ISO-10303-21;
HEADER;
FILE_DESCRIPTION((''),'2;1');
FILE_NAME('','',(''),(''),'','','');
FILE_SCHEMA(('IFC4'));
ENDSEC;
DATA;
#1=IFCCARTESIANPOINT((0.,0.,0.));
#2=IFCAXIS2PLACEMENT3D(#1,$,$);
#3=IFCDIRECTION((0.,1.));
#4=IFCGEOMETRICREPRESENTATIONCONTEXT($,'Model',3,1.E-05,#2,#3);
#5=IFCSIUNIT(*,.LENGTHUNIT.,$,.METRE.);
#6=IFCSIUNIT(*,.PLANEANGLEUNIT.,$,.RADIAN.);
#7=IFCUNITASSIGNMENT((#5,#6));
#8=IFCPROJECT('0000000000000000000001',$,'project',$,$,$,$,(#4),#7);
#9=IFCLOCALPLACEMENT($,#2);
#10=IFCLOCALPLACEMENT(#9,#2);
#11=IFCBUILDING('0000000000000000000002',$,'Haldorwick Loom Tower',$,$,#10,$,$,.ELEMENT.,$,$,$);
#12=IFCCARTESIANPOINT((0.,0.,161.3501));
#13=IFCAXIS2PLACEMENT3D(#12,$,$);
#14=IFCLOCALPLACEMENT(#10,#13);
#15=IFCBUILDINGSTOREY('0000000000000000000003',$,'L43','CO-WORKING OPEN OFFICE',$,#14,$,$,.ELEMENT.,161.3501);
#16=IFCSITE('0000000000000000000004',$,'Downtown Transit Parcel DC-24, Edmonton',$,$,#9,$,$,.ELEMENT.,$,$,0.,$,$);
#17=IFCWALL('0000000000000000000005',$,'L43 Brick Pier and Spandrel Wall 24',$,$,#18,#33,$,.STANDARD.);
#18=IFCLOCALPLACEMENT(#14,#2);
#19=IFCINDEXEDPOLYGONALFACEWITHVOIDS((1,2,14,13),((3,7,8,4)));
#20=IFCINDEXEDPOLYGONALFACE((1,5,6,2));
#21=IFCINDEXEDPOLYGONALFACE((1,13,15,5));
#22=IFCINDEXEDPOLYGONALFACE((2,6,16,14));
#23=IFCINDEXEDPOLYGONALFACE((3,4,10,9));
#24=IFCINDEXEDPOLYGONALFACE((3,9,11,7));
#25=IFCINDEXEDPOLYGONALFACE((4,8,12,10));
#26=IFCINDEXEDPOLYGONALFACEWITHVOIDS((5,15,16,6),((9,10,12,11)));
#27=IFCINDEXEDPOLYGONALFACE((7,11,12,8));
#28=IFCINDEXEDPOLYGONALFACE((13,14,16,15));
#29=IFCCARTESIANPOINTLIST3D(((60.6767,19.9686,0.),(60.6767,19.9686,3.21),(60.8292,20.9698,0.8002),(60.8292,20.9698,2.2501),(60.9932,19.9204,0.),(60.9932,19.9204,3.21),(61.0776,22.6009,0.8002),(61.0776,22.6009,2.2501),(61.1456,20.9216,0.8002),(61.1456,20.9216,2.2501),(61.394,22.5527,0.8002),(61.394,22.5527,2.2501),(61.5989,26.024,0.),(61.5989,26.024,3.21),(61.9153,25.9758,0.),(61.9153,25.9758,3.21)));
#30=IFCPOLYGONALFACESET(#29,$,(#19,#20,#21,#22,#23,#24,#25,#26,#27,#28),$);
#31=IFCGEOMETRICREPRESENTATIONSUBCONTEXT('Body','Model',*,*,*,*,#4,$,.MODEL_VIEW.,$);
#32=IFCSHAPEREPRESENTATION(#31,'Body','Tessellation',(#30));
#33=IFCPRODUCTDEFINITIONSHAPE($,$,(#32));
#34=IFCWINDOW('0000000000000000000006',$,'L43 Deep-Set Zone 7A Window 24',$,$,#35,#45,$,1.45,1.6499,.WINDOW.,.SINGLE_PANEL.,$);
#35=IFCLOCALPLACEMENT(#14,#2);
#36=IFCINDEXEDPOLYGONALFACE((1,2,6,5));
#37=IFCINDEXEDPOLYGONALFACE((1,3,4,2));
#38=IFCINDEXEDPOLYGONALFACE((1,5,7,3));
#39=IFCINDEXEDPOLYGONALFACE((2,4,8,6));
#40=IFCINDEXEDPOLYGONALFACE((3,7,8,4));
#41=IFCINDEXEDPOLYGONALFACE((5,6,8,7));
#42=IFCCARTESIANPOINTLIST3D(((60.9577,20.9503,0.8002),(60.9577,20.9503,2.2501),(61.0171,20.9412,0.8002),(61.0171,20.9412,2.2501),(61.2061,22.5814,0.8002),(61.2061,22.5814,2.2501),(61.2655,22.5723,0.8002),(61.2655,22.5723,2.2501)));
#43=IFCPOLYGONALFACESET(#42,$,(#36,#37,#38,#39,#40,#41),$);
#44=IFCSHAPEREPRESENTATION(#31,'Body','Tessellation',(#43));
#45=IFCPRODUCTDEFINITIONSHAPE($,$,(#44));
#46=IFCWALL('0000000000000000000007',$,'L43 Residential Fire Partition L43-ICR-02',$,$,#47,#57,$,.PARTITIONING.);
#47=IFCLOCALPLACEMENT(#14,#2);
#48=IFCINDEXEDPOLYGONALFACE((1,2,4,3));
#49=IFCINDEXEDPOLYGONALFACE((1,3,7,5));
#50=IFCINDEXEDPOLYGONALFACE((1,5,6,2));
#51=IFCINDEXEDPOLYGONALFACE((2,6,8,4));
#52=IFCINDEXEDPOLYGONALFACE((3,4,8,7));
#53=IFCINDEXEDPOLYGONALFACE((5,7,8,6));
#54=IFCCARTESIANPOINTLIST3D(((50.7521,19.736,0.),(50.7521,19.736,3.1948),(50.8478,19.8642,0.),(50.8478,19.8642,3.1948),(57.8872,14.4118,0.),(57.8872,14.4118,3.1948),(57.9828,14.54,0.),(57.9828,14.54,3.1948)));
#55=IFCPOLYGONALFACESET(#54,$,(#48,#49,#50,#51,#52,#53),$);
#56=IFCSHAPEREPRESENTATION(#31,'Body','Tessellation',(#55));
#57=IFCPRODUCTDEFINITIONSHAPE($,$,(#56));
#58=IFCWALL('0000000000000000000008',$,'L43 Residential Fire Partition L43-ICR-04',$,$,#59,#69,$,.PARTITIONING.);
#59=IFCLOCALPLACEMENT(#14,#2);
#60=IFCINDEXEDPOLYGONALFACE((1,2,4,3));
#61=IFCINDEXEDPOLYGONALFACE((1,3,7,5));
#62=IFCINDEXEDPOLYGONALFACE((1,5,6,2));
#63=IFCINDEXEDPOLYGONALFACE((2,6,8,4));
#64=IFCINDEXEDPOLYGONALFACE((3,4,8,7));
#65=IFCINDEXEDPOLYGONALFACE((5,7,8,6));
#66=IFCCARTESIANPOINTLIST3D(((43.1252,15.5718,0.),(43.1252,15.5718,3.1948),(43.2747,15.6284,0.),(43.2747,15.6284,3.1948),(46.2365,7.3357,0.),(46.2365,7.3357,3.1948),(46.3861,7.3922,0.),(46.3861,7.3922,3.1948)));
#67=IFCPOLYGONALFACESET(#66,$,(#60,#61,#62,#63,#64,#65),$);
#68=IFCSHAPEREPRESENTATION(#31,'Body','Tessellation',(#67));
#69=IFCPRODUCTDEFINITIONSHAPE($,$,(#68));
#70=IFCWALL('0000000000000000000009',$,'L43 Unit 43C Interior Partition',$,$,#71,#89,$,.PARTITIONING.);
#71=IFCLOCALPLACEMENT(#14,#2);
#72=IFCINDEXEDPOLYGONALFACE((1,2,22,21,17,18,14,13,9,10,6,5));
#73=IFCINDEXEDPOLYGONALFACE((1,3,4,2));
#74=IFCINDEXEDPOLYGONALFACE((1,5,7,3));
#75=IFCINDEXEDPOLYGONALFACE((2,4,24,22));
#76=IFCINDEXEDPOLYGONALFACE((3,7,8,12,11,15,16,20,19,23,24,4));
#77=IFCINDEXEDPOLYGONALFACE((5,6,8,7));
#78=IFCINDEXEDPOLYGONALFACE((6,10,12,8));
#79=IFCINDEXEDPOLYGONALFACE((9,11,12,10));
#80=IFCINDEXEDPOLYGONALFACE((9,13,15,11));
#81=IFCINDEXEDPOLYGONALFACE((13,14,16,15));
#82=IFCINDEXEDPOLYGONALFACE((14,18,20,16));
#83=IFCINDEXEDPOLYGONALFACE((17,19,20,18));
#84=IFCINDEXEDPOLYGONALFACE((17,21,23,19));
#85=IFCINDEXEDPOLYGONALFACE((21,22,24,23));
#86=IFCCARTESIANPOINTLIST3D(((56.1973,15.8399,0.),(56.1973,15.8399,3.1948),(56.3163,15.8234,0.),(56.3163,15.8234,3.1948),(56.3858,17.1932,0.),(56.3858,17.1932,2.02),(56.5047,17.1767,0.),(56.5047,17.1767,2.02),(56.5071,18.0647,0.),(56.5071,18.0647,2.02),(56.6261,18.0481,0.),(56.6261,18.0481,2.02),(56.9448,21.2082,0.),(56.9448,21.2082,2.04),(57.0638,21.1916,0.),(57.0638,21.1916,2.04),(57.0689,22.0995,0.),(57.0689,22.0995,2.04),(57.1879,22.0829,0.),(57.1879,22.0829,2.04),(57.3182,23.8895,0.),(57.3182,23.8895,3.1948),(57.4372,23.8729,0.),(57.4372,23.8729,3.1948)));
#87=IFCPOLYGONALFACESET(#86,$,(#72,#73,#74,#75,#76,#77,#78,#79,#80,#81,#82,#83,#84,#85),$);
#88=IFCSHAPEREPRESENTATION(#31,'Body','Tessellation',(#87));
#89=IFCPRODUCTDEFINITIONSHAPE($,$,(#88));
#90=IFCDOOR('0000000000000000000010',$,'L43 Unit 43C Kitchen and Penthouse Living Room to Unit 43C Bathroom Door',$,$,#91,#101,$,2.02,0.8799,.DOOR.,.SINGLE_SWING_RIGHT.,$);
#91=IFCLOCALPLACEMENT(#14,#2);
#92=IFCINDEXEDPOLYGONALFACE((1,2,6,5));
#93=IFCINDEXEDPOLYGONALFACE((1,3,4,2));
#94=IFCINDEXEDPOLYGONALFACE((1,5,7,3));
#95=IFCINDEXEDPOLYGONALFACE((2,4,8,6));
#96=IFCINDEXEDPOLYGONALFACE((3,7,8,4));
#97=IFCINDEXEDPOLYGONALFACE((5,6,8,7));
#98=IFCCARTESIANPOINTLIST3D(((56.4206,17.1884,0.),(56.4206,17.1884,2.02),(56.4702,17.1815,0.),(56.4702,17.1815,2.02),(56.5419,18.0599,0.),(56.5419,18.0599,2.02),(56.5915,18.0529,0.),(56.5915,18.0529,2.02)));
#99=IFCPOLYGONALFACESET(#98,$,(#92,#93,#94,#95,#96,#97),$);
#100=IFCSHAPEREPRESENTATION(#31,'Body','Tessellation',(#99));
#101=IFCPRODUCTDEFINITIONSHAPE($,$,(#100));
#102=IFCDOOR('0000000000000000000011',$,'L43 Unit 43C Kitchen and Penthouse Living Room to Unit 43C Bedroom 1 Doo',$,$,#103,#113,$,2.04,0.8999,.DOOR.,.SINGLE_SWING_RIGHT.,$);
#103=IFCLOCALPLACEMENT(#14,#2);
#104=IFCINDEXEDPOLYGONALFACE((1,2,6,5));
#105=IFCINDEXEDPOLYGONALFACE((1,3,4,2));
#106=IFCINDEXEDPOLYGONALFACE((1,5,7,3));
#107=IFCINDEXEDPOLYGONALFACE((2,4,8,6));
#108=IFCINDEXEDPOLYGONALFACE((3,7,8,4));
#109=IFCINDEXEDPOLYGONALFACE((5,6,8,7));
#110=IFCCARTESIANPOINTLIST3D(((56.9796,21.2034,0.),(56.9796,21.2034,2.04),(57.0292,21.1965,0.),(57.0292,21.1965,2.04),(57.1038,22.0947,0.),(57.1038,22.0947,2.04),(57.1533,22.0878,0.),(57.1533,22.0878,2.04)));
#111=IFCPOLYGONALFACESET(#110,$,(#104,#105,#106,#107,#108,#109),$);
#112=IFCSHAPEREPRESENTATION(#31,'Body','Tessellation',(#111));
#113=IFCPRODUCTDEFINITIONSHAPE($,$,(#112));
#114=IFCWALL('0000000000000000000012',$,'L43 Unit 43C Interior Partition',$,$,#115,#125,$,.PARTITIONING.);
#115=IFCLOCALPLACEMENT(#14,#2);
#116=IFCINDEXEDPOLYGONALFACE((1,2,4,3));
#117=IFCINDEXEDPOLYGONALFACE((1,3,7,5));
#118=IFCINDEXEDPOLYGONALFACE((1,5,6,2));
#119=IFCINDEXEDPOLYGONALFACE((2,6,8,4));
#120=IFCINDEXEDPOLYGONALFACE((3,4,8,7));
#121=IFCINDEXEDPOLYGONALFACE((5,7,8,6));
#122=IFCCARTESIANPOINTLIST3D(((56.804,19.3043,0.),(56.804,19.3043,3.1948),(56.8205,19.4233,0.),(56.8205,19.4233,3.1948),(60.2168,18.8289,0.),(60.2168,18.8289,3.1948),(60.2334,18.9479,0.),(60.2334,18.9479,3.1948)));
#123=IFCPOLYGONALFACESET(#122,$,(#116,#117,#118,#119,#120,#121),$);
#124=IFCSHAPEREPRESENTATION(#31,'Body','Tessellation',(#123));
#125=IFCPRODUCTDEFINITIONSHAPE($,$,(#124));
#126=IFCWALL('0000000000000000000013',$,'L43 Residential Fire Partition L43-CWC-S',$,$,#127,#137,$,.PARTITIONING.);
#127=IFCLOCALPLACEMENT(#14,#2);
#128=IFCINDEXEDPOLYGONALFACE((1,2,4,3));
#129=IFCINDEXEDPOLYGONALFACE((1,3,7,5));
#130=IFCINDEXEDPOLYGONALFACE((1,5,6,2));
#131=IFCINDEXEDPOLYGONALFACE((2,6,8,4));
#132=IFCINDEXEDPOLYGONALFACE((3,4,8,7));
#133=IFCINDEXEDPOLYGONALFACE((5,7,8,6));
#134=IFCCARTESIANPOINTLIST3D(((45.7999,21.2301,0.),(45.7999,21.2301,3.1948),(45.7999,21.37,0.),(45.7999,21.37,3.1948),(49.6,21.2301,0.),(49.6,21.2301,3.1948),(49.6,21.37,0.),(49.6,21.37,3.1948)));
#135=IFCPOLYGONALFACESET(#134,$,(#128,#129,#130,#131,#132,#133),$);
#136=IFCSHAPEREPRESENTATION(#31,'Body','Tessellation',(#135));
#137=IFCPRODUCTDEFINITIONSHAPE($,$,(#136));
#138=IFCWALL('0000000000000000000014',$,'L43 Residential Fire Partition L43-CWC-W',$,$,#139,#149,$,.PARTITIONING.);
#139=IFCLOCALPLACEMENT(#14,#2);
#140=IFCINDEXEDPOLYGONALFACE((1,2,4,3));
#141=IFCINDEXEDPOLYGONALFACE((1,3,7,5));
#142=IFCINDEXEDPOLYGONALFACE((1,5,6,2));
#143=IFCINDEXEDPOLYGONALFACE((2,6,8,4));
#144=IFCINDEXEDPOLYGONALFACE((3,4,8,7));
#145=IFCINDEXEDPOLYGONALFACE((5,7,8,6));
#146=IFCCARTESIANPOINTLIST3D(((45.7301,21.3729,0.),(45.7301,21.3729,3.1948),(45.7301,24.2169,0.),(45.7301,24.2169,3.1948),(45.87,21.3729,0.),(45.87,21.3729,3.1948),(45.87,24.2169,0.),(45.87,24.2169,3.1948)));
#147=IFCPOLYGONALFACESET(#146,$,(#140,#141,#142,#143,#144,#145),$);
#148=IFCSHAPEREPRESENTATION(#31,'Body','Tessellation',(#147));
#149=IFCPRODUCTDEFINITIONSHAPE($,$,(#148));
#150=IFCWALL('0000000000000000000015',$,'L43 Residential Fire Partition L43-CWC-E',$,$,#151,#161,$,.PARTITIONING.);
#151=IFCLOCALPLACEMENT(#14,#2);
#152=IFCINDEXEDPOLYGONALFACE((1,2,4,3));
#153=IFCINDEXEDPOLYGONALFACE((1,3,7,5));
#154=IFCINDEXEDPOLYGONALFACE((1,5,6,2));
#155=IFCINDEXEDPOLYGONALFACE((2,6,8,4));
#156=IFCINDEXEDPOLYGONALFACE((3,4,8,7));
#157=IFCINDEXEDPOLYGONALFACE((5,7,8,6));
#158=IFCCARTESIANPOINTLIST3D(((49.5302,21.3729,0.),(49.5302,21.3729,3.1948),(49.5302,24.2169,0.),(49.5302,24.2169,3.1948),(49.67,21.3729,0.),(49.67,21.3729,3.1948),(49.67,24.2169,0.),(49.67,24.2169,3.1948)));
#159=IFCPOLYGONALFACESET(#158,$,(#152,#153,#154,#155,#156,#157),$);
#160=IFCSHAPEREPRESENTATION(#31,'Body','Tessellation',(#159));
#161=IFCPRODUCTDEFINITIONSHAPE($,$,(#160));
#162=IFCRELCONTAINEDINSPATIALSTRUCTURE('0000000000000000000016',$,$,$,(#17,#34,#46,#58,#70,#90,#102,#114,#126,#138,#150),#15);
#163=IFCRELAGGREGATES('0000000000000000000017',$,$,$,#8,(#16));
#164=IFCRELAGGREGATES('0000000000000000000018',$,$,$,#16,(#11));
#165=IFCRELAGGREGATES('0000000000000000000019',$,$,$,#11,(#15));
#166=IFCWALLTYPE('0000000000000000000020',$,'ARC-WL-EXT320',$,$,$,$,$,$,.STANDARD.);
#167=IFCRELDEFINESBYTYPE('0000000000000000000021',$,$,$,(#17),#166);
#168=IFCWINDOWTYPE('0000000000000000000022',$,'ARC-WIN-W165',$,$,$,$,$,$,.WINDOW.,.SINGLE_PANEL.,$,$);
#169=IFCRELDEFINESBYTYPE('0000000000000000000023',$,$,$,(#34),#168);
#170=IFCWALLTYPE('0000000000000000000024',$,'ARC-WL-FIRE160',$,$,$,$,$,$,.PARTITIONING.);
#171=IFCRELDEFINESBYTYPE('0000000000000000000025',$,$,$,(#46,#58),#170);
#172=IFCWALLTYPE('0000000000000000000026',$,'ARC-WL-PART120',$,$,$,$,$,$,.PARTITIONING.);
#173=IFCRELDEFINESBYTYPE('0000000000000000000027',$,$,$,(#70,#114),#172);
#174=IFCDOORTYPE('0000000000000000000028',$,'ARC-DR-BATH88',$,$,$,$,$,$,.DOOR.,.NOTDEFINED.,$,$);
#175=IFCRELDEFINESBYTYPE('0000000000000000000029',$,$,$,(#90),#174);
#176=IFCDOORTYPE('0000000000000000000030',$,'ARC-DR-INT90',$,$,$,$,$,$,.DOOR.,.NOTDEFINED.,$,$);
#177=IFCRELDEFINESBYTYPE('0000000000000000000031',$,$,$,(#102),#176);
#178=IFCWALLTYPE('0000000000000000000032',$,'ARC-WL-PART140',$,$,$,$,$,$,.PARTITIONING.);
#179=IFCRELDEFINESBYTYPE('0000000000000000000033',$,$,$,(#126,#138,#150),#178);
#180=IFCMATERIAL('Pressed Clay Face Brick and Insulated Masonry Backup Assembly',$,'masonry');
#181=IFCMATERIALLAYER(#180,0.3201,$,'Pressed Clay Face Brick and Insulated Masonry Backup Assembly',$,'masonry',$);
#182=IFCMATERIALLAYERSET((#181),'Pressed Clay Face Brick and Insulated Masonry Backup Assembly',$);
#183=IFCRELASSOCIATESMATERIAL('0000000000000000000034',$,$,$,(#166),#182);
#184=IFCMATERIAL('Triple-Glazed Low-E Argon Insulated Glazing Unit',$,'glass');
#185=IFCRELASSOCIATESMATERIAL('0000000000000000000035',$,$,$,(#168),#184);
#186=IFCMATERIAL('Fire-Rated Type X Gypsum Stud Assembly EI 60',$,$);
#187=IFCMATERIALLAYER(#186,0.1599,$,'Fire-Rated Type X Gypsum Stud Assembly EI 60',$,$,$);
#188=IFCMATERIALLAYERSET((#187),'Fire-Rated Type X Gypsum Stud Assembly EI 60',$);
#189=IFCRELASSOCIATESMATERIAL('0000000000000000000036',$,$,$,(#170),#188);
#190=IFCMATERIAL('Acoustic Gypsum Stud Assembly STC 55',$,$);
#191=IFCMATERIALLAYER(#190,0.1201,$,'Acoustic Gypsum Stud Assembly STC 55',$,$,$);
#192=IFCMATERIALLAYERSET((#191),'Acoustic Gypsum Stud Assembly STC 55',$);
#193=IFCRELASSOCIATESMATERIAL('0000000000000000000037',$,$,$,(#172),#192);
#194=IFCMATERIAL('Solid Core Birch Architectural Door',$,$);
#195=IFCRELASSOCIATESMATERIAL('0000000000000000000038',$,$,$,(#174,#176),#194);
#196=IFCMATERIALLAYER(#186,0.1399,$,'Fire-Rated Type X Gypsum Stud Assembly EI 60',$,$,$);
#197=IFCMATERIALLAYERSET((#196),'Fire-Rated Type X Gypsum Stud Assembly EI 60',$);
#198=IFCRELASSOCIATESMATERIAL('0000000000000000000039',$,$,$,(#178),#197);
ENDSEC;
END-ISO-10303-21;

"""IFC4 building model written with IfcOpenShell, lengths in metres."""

from ifc_helpers import new_model, si_unit, direction, frame, frame_2d, origin, place, context, subcontext, project, spatial, rectangle, extrude, material, layer, layer_set, type_object, element, fill, save


model = new_model("IFC4")

# Units and contexts
model_context = context("Model", 3, precision=1e-05, world=origin(), true_north=direction((0.0, 1.0)))
body_context = subcontext(model_context, "Body", "Model", "MODEL_VIEW")
ifc_project = project(units=[si_unit("LENGTHUNIT", "METRE"), si_unit("PLANEANGLEUNIT", "RADIAN")], contexts=[model_context])

# Site, building, storey
site_placement = place(None, origin())
site = spatial("IfcSite", under=ifc_project, at=site_placement, Name="Downtown Transit Parcel DC-24, Edmonton", CompositionType="ELEMENT", RefElevation=0.0)
building_placement = place(site_placement, origin())
building = spatial("IfcBuilding", under=site, at=building_placement, Name="Haldorwick Loom Tower", CompositionType="ELEMENT")
storey_placement = place(building_placement, frame((0.0, 0.0, 161.3501)))
storey = spatial("IfcBuildingStorey", under=building, at=storey_placement, Name="L43", Description="CO-WORKING OPEN OFFICE", CompositionType="ELEMENT", Elevation=161.3501)

# Shared definitions
ifc_material_1 = material(Name="Pressed Clay Face Brick and Insulated Masonry Backup Assembly", Category="masonry")
ifc_layer_1 = layer(ifc_material_1, 0.3201, Name="Pressed Clay Face Brick and Insulated Masonry Backup Assembly", Category="masonry")
ifc_layer_set_1 = layer_set([ifc_layer_1], Name="Pressed Clay Face Brick and Insulated Masonry Backup Assembly")
wall_type_1 = type_object("IfcWallType", Name="ARC-WL-EXT320", PredefinedType="STANDARD", material=ifc_layer_set_1)
ifc_material_2 = material(Name="Triple-Glazed Low-E Argon Insulated Glazing Unit", Category="glass")
window_type = type_object("IfcWindowType", Name="ARC-WIN-W165", PartitioningType="SINGLE_PANEL", PredefinedType="WINDOW", material=ifc_material_2)

# Wall, opening, window
wall_1_placement = place(storey_placement, frame((60.835, 19.9446, 0.0), z_axis=(0.0, 0.0, 1.0), x_axis=(0.150544, 0.988603, 0.0)))
wall_1 = element("IfcWall", 1, at=wall_1_placement, inside=storey, type_object=wall_type_1, Name="L43 Brick Pier and Spandrel Wall 24", PredefinedType="STANDARD", context=body_context, shape_type="SweptSolid", body=[
    extrude(rectangle(XDim=6.1252, YDim=0.3201, at=frame_2d((3.0625, 0.0))), origin(), (0.0, 0.0, 1.0), 3.21),
])
opening_1_placement = place(wall_1_placement, frame((1.0127, 0.0, 0.8)))
opening_1 = element("IfcOpeningElement", 2, at=opening_1_placement, cuts=wall_1, PredefinedType="OPENING", context=body_context, shape_type="SweptSolid", body=[
    extrude(rectangle(XDim=1.6499, YDim=1.45, at=frame_2d((0.825, 0.7251))), frame((0.0, 0.1699, 0.0), z_axis=(0.0, -1.0, 0.0), x_axis=(1.0, 0.0, 0.0)), (0.0, 0.0, 1.0), 0.3401),
])
window_1_placement = place(opening_1_placement, origin())
window_1 = element("IfcWindow", 3, at=window_1_placement, inside=storey, type_object=window_type, Name="L43 Deep-Set Zone 7A Window 24", OverallHeight=1.45, OverallWidth=1.6499, PartitioningType="SINGLE_PANEL", PredefinedType="WINDOW", context=body_context, shape_type="SweptSolid", body=[
    extrude(rectangle(XDim=1.6499, YDim=1.45, at=frame_2d((0.825, 0.7251))), frame((0.0, 0.03, 0.0), z_axis=(0.0, -1.0, 0.0), x_axis=(1.0, 0.0, 0.0)), (0.0, 0.0, 1.0), 0.0601),
])
fill(opening_1, window_1)

# Walls
ifc_material_3 = material(Name="Fire-Rated Type X Gypsum Stud Assembly EI 60")
ifc_layer_2 = layer(ifc_material_3, 0.1599, Name="Fire-Rated Type X Gypsum Stud Assembly EI 60")
ifc_layer_set_2 = layer_set([ifc_layer_2], Name="Fire-Rated Type X Gypsum Stud Assembly EI 60")
wall_type_2 = type_object("IfcWallType", Name="ARC-WL-FIRE160", PredefinedType="PARTITIONING", material=ifc_layer_set_2)
wall_2_placement = place(storey_placement, frame((50.8, 19.8, 0.0), z_axis=(0.0, 0.0, 1.0), x_axis=(0.801455, -0.598054, 0.0)))
element("IfcWall", 4, at=wall_2_placement, inside=storey, type_object=wall_type_2, Name="L43 Residential Fire Partition L43-ICR-02", PredefinedType="PARTITIONING", context=body_context, shape_type="SweptSolid", body=[
    extrude(rectangle(XDim=8.9026, YDim=0.1599, at=frame_2d((4.4512, 0.0))), origin(), (0.0, 0.0, 1.0), 3.1948),
])
wall_3_placement = place(storey_placement, frame((43.2, 15.6001, 0.0), z_axis=(0.0, 0.0, 1.0), x_axis=(0.353392, -0.935475, 0.0)))
element("IfcWall", 5, at=wall_3_placement, inside=storey, type_object=wall_type_2, Name="L43 Residential Fire Partition L43-ICR-04", PredefinedType="PARTITIONING", context=body_context, shape_type="SweptSolid", body=[
    extrude(rectangle(XDim=8.8042, YDim=0.1599, at=frame_2d((4.4021, 0.0))), origin(), (0.0, 0.0, 1.0), 3.1948),
])

# Wall, openings, doors
ifc_material_4 = material(Name="Acoustic Gypsum Stud Assembly STC 55")
ifc_layer_3 = layer(ifc_material_4, 0.1201, Name="Acoustic Gypsum Stud Assembly STC 55")
ifc_layer_set_3 = layer_set([ifc_layer_3], Name="Acoustic Gypsum Stud Assembly STC 55")
wall_type_3 = type_object("IfcWallType", Name="ARC-WL-PART120", PredefinedType="PARTITIONING", material=ifc_layer_set_3)
wall_4_placement = place(storey_placement, frame((56.2568, 15.8318, 0.0), z_axis=(0.0, 0.0, 1.0), x_axis=(0.137913, 0.990444, 0.0)))
wall_4 = element("IfcWall", 6, at=wall_4_placement, inside=storey, type_object=wall_type_3, Name="L43 Unit 43C Interior Partition", PredefinedType="PARTITIONING", context=body_context, shape_type="SweptSolid", body=[
    extrude(rectangle(XDim=8.1272, YDim=0.1201, at=frame_2d((4.0635, 0.0))), origin(), (0.0, 0.0, 1.0), 3.1948),
])
opening_2_placement = place(wall_4_placement, frame((5.4199, 0.0, 0.0)))
opening_2 = element("IfcOpeningElement", 7, at=opening_2_placement, cuts=wall_4, PredefinedType="OPENING", context=body_context, shape_type="SweptSolid", body=[
    extrude(rectangle(XDim=0.8999, YDim=2.04, at=frame_2d((0.45, 1.02))), frame((0.0, 0.0701, 0.0), z_axis=(0.0, -1.0, 0.0), x_axis=(1.0, 0.0, 0.0)), (0.0, 0.0, 1.0), 0.1401),
])
opening_3_placement = place(wall_4_placement, frame((1.3662, 0.0, 0.0)))
opening_3 = element("IfcOpeningElement", 8, at=opening_3_placement, cuts=wall_4, PredefinedType="OPENING", context=body_context, shape_type="SweptSolid", body=[
    extrude(rectangle(XDim=0.8799, YDim=2.02, at=frame_2d((0.4399, 1.01))), frame((0.0, 0.0701, 0.0), z_axis=(0.0, -1.0, 0.0), x_axis=(1.0, 0.0, 0.0)), (0.0, 0.0, 1.0), 0.1401),
])
ifc_material_5 = material(Name="Solid Core Birch Architectural Door")
door_type_1 = type_object("IfcDoorType", Name="ARC-DR-BATH88", OperationType="NOTDEFINED", PredefinedType="DOOR", material=ifc_material_5)
door_1_placement = place(opening_3_placement, origin())
door_1 = element("IfcDoor", 9, at=door_1_placement, inside=storey, type_object=door_type_1, Name="L43 Unit 43C Kitchen and Penthouse Living Room to Unit 43C Bathroom Door", OperationType="SINGLE_SWING_RIGHT", OverallHeight=2.02, OverallWidth=0.8799, PredefinedType="DOOR", context=body_context, shape_type="SweptSolid", body=[
    extrude(rectangle(XDim=0.8799, YDim=2.02, at=frame_2d((0.4399, 1.01))), frame((0.0, 0.0249, 0.0), z_axis=(0.0, -1.0, 0.0), x_axis=(1.0, 0.0, 0.0)), (0.0, 0.0, 1.0), 0.05),
])
fill(opening_3, door_1)
door_type_2 = type_object("IfcDoorType", Name="ARC-DR-INT90", OperationType="NOTDEFINED", PredefinedType="DOOR", material=ifc_material_5)
door_2_placement = place(opening_2_placement, origin())
door_2 = element("IfcDoor", 10, at=door_2_placement, inside=storey, type_object=door_type_2, Name="L43 Unit 43C Kitchen and Penthouse Living Room to Unit 43C Bedroom 1 Doo", OperationType="SINGLE_SWING_RIGHT", OverallHeight=2.04, OverallWidth=0.8999, PredefinedType="DOOR", context=body_context, shape_type="SweptSolid", body=[
    extrude(rectangle(XDim=0.8999, YDim=2.04, at=frame_2d((0.45, 1.02))), frame((0.0, 0.0249, 0.0), z_axis=(0.0, -1.0, 0.0), x_axis=(1.0, 0.0, 0.0)), (0.0, 0.0, 1.0), 0.05),
])
fill(opening_2, door_2)

# Walls
wall_5_placement = place(storey_placement, frame((56.8123, 19.3638, 0.0), z_axis=(0.0, 0.0, 1.0), x_axis=(0.990439, -0.137949, 0.0)))
element("IfcWall", 11, at=wall_5_placement, inside=storey, type_object=wall_type_3, Name="L43 Unit 43C Interior Partition", PredefinedType="PARTITIONING", context=body_context, shape_type="SweptSolid", body=[
    extrude(rectangle(XDim=3.4458, YDim=0.1201, at=frame_2d((1.7229, 0.0))), origin(), (0.0, 0.0, 1.0), 3.1948),
])
ifc_layer_4 = layer(ifc_material_3, 0.1399, Name="Fire-Rated Type X Gypsum Stud Assembly EI 60")
ifc_layer_set_4 = layer_set([ifc_layer_4], Name="Fire-Rated Type X Gypsum Stud Assembly EI 60")
wall_type_4 = type_object("IfcWallType", Name="ARC-WL-PART140", PredefinedType="PARTITIONING", material=ifc_layer_set_4)
wall_6_placement = place(storey_placement, frame((45.8, 21.3, 0.0), z_axis=(0.0, 0.0, 1.0), x_axis=(1.0, 0.0, 0.0)))
element("IfcWall", 12, at=wall_6_placement, inside=storey, type_object=wall_type_4, Name="L43 Residential Fire Partition L43-CWC-S", PredefinedType="PARTITIONING", context=body_context, shape_type="SweptSolid", body=[
    extrude(rectangle(XDim=3.8, YDim=0.1399, at=frame_2d((1.8999, 0.0))), origin(), (0.0, 0.0, 1.0), 3.1948),
])
for number, where, z_axis, x_axis, name in (
    (13, (45.8, 21.373, 0.0), (0.0, 0.0, 1.0), (0.0, 1.0, 0.0), "L43 Residential Fire Partition L43-CWC-W"),
    (14, (49.6001, 21.373, 0.0), (0.0, 0.0, 1.0), (0.0, 1.0, 0.0), "L43 Residential Fire Partition L43-CWC-E"),
):
    element("IfcWall", number, at=place(storey_placement, frame(where, z_axis=z_axis, x_axis=x_axis)), inside=storey, type_object=wall_type_4, Name=name, PredefinedType="PARTITIONING", context=body_context, shape_type="SweptSolid", body=[
        extrude(rectangle(XDim=2.844, YDim=0.1399, at=frame_2d((1.4219, 0.0))), origin(), (0.0, 0.0, 1.0), 3.1948),
    ])

save(model, "model.ifc")
